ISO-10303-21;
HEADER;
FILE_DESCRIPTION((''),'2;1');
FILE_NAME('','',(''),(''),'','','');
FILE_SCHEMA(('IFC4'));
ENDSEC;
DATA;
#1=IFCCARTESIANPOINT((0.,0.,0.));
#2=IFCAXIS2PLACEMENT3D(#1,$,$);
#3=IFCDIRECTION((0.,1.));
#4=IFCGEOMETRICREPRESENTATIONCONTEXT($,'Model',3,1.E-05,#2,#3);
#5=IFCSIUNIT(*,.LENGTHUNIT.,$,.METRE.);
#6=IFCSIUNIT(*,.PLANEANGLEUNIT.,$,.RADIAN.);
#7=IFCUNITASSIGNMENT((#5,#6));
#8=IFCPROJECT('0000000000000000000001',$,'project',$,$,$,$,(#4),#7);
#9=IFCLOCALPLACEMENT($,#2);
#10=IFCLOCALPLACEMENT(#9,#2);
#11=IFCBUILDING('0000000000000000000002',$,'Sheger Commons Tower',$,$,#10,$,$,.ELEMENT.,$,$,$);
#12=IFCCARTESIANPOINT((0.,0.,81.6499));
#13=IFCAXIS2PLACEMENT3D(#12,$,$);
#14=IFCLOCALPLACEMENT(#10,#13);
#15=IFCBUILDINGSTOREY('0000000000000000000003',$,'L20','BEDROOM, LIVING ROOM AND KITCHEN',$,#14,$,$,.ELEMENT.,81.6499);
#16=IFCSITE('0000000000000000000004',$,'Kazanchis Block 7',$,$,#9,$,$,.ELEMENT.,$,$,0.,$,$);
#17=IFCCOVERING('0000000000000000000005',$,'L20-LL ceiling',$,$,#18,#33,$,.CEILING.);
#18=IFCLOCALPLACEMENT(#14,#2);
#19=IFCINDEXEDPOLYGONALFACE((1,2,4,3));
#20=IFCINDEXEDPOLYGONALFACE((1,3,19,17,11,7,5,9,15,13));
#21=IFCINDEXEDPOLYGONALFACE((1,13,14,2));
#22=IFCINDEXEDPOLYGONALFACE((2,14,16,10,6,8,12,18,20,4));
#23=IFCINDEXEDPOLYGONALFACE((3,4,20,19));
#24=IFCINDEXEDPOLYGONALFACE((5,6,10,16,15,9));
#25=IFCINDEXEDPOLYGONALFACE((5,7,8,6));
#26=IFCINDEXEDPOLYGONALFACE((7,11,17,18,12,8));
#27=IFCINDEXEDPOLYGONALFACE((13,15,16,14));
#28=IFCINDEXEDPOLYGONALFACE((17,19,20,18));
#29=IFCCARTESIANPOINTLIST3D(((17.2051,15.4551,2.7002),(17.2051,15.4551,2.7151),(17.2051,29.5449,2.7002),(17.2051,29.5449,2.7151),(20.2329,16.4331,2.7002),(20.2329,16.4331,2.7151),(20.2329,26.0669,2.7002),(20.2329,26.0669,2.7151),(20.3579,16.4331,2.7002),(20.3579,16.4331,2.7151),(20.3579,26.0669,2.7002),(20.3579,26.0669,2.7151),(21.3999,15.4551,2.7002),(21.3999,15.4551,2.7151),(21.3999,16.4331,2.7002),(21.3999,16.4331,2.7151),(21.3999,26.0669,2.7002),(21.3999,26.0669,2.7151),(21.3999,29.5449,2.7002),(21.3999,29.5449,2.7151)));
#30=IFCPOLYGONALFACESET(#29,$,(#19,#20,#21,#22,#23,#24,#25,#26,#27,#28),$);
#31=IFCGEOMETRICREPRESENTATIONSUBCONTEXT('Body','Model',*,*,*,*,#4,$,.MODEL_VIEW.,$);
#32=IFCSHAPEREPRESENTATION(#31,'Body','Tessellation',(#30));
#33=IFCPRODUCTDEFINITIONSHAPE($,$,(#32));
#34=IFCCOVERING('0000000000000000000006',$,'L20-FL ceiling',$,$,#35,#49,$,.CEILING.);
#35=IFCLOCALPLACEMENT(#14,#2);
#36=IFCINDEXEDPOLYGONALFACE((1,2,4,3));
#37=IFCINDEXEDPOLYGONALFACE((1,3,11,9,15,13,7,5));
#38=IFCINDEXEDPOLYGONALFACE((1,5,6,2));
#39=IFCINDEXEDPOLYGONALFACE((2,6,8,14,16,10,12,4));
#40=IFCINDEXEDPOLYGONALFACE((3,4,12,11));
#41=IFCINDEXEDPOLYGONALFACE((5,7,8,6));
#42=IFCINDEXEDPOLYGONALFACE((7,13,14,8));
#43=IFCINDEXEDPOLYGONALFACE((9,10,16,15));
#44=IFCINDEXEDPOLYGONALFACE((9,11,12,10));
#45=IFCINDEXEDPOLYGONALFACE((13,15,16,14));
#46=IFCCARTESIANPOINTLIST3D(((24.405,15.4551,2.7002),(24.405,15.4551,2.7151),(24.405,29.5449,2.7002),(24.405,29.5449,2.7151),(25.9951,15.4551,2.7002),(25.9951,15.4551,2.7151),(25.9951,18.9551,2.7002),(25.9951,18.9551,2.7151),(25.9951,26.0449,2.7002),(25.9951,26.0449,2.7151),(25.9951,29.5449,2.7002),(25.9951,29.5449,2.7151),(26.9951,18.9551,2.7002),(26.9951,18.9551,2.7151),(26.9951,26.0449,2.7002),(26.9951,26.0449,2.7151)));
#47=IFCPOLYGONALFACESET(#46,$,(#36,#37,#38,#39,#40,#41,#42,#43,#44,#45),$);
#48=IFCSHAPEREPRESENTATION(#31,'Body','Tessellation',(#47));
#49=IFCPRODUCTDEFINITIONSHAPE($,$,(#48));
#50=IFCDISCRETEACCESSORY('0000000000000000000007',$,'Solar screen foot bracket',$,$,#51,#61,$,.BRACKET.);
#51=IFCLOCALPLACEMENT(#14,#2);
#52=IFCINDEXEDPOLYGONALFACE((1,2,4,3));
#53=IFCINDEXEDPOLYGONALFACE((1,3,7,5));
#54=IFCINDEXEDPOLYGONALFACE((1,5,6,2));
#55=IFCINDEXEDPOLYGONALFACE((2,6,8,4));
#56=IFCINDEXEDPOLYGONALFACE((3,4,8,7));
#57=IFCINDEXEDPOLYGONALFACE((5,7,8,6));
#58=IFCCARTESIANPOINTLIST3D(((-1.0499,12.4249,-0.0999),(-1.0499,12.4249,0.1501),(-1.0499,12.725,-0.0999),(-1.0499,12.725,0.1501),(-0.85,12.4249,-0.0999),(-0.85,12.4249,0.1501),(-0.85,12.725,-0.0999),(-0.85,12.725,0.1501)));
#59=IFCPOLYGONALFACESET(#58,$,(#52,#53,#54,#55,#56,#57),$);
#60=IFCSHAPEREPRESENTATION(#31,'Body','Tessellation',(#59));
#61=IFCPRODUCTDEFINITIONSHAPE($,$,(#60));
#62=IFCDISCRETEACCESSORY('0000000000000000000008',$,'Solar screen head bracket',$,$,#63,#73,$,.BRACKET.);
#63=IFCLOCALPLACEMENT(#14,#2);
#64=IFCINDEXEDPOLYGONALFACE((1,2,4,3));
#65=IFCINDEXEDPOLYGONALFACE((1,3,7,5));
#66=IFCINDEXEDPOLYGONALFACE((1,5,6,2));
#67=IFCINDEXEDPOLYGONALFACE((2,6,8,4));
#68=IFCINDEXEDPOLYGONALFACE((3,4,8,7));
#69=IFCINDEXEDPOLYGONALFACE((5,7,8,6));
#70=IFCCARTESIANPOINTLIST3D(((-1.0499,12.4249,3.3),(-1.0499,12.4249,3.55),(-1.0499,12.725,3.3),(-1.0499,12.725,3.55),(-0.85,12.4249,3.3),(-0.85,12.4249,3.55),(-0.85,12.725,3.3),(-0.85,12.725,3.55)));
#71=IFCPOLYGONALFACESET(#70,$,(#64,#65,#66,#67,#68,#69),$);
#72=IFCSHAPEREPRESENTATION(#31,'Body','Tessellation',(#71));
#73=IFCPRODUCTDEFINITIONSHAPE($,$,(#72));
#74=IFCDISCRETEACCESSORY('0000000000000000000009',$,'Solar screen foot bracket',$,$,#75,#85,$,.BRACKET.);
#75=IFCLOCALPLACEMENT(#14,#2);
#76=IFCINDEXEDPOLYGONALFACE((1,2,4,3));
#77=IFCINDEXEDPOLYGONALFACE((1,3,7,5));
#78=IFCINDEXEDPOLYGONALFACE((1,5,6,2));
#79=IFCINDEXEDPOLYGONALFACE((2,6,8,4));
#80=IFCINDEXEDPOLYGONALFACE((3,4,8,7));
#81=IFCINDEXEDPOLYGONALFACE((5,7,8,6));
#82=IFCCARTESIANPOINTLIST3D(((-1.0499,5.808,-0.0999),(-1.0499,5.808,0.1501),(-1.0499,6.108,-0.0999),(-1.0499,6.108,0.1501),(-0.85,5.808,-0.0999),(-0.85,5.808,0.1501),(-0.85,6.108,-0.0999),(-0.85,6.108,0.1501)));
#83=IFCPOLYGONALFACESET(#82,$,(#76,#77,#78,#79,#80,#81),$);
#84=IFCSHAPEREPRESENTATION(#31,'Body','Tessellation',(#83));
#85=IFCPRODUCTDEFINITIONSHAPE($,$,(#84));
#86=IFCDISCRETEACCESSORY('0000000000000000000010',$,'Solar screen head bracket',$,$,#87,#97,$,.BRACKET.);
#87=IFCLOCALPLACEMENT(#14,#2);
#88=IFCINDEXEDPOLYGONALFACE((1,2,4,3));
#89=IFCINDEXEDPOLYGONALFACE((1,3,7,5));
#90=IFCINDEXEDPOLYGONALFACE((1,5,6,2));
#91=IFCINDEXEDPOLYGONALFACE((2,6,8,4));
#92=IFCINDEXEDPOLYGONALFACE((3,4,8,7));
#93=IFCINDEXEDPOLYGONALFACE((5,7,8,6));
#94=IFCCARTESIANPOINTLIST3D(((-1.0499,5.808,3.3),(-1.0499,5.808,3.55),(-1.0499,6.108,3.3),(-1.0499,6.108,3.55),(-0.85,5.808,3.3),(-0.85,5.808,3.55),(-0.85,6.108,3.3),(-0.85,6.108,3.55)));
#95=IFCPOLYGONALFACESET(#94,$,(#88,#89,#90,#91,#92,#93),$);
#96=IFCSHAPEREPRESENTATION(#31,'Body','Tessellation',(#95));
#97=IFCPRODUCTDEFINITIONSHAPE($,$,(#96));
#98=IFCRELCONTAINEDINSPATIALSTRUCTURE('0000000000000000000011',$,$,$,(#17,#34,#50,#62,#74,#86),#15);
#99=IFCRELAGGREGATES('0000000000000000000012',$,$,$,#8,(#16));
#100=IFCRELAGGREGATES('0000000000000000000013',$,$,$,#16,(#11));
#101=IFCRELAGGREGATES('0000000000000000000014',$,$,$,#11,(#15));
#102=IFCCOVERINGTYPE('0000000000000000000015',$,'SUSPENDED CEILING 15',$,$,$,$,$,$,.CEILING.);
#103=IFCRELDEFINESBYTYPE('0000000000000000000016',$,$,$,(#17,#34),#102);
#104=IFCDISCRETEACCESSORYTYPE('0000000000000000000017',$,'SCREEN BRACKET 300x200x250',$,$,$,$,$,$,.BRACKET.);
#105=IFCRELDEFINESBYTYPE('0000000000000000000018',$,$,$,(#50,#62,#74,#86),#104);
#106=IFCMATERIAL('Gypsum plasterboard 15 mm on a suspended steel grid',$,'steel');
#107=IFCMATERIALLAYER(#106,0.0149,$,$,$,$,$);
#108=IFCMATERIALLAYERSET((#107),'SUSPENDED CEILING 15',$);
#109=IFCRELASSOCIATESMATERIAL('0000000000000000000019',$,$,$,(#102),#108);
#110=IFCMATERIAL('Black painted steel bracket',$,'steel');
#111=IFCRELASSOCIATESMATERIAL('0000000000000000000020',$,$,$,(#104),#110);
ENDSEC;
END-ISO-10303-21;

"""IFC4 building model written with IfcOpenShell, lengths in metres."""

from ifc_helpers import new_model, si_unit, direction, frame, origin, origin_2d, place, context, subcontext, project, spatial, polyline, rectangle, outline, extrude, material, layer, layer_set, type_object, element, save


model = new_model("IFC4")

# Units and contexts
model_context = context("Model", 3, precision=1e-05, world=origin(), true_north=direction((0.0, 1.0)))
body_context = subcontext(model_context, "Body", "Model", "MODEL_VIEW")
ifc_project = project(units=[si_unit("LENGTHUNIT", "METRE"), si_unit("PLANEANGLEUNIT", "RADIAN")], contexts=[model_context])

# Site, building, storey
site_placement = place(None, origin())
site = spatial("IfcSite", under=ifc_project, at=site_placement, Name="Kazanchis Block 7", CompositionType="ELEMENT", RefElevation=0.0)
building_placement = place(site_placement, origin())
building = spatial("IfcBuilding", under=site, at=building_placement, Name="Sheger Commons Tower", CompositionType="ELEMENT")
storey_placement = place(building_placement, frame((0.0, 0.0, 81.6499)))
storey = spatial("IfcBuildingStorey", under=building, at=storey_placement, Name="L20", Description="BEDROOM, LIVING ROOM AND KITCHEN", CompositionType="ELEMENT", Elevation=81.6499)

# Coverings
ifc_material_1 = material(Name="Gypsum plasterboard 15 mm on a suspended steel grid", Category="steel")
ifc_layer_1 = layer(ifc_material_1, 0.0149)
ifc_layer_set_1 = layer_set([ifc_layer_1], Name="SUSPENDED CEILING 15")
covering_type_1 = type_object("IfcCoveringType", Name="SUSPENDED CEILING 15", PredefinedType="CEILING", material=ifc_layer_set_1)
covering_1_placement = place(storey_placement, frame((0.0, 0.0, 2.7002)))
element("IfcCovering", 1, at=covering_1_placement, inside=storey, type_object=covering_type_1, Name="L20-LL ceiling", PredefinedType="CEILING", context=body_context, shape_type="SweptSolid", body=[
    extrude(outline(polyline([(17.2051, 15.4551), (21.3999, 15.4551), (21.3999, 16.4331), (20.3579, 16.4331), (20.2329, 16.4331), (20.2329, 26.0669), (20.3579, 26.0669), (21.3999, 26.0669), (21.3999, 29.5449), (17.2051, 29.5449), (17.2051, 15.4551)])), origin(), (0.0, 0.0, 1.0), 0.0149),
])
covering_2_placement = place(storey_placement, frame((0.0, 0.0, 2.7002)))
element("IfcCovering", 2, at=covering_2_placement, inside=storey, type_object=covering_type_1, Name="L20-FL ceiling", PredefinedType="CEILING", context=body_context, shape_type="SweptSolid", body=[
    extrude(outline(polyline([(24.405, 15.4551), (25.9951, 15.4551), (25.9951, 18.9551), (26.9951, 18.9551), (26.9951, 26.0449), (25.9951, 26.0449), (25.9951, 29.5449), (24.405, 29.5449), (24.405, 15.4551)])), origin(), (0.0, 0.0, 1.0), 0.0149),
])

# Discrete accessories
ifc_material_2 = material(Name="Black painted steel bracket", Category="steel")
discrete_accessory_type = type_object("IfcDiscreteAccessoryType", Name="SCREEN BRACKET 300x200x250", PredefinedType="BRACKET", material=ifc_material_2)
for number, where, z_axis, x_axis, name in (
    (3, (-0.95, 12.575, -0.0999), (0.0, 0.0, 1.0), (0.0, -1.0, 0.0), "Solar screen foot bracket"),
    (4, (-0.95, 12.575, 3.3), (0.0, 0.0, 1.0), (0.0, -1.0, 0.0), "Solar screen head bracket"),
    (5, (-0.95, 5.958, -0.0999), (0.0, 0.0, 1.0), (0.0, -1.0, 0.0), "Solar screen foot bracket"),
    (6, (-0.95, 5.958, 3.3), (0.0, 0.0, 1.0), (0.0, -1.0, 0.0), "Solar screen head bracket"),
):
    element("IfcDiscreteAccessory", number, at=place(storey_placement, frame(where, z_axis=z_axis, x_axis=x_axis)), inside=storey, type_object=discrete_accessory_type, Name=name, PredefinedType="BRACKET", context=body_context, shape_type="SweptSolid", body=[
        extrude(rectangle(XDim=0.3, YDim=0.2, at=origin_2d()), origin(), (0.0, 0.0, 1.0), 0.25),
    ])

save(model, "model.ifc")
